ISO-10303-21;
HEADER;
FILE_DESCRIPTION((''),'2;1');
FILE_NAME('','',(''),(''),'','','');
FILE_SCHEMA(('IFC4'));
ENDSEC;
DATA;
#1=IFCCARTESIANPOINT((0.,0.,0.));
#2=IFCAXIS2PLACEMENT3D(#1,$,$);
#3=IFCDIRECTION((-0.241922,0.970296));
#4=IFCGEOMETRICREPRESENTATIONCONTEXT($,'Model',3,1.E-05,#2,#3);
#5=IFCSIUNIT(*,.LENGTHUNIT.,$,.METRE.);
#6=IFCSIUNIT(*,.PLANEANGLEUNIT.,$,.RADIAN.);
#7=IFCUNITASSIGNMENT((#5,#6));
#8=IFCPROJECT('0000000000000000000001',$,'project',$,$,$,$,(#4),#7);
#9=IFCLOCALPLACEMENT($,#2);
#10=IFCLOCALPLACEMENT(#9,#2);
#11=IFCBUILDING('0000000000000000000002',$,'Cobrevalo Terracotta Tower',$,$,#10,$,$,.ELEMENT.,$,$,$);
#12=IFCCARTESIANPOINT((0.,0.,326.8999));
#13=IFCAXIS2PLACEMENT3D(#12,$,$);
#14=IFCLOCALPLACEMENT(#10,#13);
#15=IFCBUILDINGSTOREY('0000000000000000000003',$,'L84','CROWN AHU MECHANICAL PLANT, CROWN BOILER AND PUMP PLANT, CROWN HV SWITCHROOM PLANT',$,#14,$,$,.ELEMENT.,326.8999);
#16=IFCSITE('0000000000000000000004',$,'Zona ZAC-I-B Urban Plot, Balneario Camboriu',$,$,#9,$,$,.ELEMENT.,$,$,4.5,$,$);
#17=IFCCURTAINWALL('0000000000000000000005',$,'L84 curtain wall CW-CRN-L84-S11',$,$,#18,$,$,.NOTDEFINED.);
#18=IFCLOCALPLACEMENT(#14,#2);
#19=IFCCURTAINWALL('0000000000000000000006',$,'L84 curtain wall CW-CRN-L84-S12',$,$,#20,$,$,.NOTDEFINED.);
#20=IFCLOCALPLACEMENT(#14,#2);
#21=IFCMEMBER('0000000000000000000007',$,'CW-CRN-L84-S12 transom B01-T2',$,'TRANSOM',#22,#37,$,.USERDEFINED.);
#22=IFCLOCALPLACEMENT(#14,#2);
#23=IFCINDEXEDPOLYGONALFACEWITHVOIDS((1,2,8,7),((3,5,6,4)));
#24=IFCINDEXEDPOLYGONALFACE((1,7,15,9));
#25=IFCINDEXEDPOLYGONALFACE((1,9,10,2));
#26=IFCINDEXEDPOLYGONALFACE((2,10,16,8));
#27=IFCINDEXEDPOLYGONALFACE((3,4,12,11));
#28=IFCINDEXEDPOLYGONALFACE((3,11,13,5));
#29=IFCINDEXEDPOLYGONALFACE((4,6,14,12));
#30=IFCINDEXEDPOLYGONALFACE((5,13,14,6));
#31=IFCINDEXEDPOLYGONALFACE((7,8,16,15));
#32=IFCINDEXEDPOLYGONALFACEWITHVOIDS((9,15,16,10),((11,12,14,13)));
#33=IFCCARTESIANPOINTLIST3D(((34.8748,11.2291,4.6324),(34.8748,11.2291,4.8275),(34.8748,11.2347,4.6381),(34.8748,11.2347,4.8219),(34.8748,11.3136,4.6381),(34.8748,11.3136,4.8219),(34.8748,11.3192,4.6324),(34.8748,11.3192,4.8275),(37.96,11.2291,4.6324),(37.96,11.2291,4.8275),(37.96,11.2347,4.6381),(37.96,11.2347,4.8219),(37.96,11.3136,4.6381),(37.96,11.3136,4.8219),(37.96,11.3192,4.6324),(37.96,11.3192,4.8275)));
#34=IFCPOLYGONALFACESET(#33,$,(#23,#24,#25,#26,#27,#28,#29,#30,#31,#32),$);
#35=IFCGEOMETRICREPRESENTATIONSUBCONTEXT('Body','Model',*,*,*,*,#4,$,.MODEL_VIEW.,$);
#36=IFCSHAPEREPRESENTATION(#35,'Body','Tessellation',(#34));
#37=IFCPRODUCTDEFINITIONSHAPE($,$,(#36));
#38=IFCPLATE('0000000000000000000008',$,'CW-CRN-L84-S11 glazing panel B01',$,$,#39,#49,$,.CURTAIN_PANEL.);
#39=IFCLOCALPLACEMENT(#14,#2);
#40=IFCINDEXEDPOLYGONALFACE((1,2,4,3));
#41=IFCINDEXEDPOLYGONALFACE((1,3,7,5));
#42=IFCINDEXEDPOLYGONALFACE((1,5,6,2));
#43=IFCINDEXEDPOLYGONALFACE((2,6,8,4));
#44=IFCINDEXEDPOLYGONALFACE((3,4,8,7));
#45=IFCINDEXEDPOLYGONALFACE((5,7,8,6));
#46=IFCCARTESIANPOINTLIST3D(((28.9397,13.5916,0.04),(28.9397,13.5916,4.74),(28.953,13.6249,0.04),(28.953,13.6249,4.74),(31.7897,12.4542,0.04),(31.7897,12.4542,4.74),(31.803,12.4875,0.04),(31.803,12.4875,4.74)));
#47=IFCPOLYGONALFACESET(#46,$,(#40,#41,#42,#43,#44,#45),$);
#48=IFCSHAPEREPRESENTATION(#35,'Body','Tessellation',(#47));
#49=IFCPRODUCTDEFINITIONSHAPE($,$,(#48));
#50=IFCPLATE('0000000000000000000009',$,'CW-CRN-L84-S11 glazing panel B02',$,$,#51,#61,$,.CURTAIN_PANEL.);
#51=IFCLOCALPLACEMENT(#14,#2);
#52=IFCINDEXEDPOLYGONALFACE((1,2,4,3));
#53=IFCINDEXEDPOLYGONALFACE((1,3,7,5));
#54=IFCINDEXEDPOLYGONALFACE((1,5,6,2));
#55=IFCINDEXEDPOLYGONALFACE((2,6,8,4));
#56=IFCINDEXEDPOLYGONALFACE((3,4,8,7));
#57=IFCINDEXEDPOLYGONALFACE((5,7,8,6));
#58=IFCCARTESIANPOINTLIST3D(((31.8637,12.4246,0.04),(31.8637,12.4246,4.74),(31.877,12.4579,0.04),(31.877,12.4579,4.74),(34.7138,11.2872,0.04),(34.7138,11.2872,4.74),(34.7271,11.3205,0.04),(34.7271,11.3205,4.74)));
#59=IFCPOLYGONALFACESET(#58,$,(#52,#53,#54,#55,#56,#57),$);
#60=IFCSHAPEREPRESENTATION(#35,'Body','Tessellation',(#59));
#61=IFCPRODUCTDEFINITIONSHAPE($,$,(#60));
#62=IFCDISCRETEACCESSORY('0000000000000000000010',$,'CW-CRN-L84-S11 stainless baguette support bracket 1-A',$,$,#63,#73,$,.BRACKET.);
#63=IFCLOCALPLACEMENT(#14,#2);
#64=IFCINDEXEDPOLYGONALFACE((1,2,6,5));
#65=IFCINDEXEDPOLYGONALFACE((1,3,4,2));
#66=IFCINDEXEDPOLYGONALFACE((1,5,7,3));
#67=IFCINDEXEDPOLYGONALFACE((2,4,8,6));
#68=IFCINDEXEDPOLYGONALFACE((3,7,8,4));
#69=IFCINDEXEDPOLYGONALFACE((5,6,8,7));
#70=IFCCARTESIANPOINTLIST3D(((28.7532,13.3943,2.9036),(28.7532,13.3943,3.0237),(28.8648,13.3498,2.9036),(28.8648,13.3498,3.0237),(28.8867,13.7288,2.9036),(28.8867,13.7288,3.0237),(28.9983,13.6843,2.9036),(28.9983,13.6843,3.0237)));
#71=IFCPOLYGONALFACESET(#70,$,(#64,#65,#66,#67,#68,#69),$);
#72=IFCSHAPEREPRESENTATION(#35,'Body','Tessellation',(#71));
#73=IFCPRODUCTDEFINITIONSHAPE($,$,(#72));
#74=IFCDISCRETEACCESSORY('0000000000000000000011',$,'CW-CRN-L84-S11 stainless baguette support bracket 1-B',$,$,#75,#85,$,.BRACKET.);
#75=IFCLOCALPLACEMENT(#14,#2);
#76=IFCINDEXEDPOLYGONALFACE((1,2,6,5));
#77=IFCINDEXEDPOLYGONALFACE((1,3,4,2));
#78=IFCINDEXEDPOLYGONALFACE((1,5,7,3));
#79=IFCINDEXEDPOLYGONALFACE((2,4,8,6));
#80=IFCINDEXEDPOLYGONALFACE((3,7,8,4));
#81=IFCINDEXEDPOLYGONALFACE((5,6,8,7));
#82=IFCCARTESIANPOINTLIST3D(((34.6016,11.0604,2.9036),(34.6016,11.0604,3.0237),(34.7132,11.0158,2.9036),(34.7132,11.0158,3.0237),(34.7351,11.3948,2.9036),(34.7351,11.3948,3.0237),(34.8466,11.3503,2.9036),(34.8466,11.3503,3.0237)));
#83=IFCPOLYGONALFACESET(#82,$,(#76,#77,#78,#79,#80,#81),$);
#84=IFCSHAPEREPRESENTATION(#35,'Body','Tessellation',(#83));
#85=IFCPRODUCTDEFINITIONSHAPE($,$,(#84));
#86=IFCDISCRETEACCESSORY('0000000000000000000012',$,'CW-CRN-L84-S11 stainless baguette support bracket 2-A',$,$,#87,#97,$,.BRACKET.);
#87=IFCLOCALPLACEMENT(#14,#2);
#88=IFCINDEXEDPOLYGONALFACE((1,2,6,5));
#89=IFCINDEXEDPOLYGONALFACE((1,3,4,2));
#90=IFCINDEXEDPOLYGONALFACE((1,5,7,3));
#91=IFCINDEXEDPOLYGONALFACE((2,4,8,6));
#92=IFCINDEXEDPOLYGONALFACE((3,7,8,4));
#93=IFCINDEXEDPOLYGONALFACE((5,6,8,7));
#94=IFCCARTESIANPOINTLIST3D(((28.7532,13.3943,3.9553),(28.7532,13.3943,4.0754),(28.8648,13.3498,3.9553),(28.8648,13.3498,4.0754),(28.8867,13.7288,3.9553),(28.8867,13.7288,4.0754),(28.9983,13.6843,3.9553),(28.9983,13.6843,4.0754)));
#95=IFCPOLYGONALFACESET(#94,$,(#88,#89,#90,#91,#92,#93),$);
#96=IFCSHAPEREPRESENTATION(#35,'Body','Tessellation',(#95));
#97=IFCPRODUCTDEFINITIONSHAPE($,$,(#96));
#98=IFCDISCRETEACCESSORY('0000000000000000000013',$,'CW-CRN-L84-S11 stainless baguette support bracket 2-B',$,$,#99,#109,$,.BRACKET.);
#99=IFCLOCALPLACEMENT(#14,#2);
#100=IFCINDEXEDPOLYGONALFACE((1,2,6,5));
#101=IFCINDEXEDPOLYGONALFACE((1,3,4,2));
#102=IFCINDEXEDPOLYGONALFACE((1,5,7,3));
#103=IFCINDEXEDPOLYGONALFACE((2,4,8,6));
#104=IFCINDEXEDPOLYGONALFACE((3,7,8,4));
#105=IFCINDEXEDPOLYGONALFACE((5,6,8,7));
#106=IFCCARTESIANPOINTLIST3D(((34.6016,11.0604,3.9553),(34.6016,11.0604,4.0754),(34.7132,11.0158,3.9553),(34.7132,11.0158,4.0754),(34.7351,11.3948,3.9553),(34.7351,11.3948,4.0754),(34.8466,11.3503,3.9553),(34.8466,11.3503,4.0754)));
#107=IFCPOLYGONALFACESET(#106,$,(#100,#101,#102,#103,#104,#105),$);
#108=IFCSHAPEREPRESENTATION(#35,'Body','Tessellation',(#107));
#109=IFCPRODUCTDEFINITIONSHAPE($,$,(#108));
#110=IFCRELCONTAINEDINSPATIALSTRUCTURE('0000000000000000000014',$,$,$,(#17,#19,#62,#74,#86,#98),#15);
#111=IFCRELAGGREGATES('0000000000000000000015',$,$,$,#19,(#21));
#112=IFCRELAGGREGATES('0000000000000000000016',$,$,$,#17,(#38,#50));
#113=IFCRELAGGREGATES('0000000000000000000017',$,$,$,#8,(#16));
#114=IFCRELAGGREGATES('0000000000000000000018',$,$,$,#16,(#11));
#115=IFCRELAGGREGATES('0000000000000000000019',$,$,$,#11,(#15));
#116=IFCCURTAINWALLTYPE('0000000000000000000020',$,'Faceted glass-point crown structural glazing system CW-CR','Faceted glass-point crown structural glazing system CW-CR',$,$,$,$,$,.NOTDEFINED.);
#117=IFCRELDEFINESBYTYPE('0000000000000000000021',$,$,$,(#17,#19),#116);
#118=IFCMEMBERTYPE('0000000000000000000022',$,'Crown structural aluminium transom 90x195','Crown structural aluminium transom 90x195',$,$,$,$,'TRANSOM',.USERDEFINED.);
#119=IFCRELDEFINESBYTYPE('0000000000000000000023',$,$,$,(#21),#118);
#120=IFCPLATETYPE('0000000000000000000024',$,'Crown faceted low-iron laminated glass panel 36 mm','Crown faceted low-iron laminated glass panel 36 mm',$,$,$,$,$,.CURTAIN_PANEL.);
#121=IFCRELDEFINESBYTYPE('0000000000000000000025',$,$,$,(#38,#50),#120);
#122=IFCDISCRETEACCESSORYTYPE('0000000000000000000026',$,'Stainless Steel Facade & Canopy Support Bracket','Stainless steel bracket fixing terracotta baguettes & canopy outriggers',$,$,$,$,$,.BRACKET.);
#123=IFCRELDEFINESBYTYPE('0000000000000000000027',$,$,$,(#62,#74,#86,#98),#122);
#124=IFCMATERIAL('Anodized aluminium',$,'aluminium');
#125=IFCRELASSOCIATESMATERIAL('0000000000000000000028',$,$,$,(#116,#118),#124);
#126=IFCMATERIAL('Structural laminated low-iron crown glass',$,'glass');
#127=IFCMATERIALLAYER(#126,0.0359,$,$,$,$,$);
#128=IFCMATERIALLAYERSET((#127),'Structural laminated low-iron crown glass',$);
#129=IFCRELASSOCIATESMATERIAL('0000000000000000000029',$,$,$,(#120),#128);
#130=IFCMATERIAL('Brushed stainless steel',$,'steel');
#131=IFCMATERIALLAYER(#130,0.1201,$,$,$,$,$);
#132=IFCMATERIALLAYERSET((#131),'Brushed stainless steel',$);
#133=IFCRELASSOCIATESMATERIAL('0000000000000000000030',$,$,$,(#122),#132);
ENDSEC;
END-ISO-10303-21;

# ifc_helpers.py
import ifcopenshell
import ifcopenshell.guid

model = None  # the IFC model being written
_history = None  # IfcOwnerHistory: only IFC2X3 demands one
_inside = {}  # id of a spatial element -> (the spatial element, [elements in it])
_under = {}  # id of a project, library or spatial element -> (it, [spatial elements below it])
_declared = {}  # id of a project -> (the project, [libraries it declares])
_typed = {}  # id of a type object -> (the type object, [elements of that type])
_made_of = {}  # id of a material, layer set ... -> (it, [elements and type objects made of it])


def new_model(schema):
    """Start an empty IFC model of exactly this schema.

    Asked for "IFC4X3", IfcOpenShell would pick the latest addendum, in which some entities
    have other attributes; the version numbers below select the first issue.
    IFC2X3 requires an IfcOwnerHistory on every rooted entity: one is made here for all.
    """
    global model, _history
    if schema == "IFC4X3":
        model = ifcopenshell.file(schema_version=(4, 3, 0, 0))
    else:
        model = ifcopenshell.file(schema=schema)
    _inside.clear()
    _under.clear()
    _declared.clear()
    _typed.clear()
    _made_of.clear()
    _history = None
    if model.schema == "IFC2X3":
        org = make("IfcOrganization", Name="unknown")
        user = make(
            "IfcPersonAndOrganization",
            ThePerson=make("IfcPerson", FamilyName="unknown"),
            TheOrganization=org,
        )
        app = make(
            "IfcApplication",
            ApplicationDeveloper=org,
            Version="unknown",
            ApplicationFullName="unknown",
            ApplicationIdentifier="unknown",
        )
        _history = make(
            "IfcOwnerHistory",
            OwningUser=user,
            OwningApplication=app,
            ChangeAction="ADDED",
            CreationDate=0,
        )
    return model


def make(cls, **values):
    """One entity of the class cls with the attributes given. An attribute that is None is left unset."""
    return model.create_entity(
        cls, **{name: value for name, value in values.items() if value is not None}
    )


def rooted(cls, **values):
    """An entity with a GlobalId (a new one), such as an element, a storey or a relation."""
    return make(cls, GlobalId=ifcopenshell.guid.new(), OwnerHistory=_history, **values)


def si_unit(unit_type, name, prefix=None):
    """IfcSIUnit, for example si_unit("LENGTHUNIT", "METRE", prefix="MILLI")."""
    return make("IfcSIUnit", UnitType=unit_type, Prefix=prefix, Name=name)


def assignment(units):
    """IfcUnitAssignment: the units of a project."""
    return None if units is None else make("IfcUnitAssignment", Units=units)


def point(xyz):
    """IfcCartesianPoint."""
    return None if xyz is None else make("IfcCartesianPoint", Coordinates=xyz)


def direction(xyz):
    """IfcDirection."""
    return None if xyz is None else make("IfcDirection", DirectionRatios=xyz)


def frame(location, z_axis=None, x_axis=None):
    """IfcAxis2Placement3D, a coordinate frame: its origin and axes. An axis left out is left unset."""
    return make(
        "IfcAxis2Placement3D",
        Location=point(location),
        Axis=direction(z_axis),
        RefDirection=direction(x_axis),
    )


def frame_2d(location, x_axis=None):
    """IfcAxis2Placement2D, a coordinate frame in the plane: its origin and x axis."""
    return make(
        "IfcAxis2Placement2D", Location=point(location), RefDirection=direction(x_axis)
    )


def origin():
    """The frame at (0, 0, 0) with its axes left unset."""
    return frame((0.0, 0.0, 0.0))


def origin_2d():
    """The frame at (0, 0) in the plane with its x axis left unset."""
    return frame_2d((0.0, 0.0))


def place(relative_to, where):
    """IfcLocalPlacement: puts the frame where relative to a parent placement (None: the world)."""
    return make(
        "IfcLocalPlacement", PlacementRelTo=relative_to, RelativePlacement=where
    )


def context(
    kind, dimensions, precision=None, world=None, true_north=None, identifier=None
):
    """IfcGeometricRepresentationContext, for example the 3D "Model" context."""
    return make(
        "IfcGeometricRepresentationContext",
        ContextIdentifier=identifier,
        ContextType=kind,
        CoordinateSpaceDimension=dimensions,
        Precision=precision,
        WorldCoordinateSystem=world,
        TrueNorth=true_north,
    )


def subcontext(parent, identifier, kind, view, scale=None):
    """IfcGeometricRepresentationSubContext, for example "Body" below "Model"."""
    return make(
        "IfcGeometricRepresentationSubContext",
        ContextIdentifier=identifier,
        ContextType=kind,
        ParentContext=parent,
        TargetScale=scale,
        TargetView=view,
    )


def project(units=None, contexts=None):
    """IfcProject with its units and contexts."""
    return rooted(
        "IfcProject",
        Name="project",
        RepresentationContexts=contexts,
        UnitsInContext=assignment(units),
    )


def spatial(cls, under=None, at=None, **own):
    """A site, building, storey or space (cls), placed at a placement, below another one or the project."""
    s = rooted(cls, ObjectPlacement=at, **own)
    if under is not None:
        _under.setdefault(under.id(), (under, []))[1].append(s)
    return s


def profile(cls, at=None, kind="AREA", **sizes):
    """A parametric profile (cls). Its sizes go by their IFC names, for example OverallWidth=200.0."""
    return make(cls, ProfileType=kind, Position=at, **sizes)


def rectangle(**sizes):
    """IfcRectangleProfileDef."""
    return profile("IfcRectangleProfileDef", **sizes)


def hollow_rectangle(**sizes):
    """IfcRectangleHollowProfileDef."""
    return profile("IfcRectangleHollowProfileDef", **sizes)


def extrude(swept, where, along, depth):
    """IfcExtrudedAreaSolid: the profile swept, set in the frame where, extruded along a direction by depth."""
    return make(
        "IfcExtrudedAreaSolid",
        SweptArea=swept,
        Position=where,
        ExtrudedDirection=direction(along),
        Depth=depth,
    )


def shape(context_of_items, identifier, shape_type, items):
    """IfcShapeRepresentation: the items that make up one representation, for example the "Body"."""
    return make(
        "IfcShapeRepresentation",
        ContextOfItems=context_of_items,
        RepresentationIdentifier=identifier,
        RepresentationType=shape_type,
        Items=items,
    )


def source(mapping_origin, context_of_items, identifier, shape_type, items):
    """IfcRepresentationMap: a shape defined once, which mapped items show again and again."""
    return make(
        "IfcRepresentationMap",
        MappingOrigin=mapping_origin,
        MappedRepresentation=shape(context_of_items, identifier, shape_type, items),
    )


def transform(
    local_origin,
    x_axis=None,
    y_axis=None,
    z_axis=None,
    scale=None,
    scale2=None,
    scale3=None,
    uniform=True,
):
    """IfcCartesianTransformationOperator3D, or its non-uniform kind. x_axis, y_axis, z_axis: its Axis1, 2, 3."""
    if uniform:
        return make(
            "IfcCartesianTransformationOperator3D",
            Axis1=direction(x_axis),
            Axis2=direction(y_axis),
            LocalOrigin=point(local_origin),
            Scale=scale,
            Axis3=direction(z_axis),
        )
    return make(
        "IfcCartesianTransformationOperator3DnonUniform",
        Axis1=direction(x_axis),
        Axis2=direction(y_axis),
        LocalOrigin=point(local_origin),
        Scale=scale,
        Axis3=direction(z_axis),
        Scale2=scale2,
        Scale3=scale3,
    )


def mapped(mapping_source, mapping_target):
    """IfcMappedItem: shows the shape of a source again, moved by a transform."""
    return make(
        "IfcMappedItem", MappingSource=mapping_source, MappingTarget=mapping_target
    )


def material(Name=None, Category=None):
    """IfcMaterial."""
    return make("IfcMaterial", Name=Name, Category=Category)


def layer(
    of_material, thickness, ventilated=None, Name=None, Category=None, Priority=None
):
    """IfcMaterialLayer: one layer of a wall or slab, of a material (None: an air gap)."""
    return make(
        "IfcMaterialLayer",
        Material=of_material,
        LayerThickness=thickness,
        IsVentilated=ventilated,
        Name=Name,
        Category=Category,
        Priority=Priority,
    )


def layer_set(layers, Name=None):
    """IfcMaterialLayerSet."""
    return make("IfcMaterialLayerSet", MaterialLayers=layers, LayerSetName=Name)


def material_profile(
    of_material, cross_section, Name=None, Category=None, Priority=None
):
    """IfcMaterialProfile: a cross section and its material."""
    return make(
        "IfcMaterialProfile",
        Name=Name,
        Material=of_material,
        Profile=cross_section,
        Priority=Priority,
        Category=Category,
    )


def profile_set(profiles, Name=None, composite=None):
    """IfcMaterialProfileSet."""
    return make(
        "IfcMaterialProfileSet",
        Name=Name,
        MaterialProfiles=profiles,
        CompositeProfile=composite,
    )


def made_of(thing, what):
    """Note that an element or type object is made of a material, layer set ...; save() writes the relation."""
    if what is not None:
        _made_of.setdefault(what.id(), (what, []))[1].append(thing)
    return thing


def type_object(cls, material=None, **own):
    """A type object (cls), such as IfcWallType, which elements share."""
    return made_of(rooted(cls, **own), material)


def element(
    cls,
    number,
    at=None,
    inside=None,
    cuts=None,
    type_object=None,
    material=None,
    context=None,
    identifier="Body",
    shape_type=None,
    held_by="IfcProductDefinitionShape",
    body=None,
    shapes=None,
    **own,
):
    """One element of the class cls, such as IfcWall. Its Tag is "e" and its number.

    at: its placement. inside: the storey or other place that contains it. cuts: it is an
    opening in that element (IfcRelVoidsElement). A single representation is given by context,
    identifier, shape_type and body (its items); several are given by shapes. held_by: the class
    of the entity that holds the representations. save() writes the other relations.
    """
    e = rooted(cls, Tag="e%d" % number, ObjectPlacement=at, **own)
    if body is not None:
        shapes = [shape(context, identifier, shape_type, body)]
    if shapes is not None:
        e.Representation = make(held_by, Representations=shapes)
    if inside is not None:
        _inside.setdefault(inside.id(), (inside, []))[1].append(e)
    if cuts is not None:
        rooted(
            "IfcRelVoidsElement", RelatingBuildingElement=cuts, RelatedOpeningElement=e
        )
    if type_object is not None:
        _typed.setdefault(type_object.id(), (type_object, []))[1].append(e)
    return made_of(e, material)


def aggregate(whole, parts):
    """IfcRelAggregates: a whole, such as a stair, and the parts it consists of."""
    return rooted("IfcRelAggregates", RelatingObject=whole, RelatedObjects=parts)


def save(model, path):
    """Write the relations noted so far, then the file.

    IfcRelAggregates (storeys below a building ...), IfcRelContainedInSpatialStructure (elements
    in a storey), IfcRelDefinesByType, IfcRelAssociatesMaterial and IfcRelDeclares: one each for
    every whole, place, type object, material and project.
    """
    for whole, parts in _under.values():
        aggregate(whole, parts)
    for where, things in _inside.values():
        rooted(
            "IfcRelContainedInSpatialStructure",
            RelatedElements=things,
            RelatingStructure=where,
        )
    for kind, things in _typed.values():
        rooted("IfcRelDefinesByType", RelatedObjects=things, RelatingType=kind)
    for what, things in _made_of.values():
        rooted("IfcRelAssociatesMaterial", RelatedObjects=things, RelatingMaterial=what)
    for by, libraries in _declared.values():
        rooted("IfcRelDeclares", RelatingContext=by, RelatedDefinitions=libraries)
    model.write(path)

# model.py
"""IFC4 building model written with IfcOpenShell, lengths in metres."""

from ifc_helpers import new_model, si_unit, direction, frame, origin, origin_2d, place, context, subcontext, project, spatial, rectangle, hollow_rectangle, extrude, source, transform, mapped, material, layer, layer_set, material_profile, profile_set, type_object, element, aggregate, save


model = new_model("IFC4")

# Units and contexts
model_context = context("Model", 3, precision=1e-05, world=origin(), true_north=direction((-0.241922, 0.970296)))
body_context = subcontext(model_context, "Body", "Model", "MODEL_VIEW")
ifc_project = project(units=[si_unit("LENGTHUNIT", "METRE"), si_unit("PLANEANGLEUNIT", "RADIAN")], contexts=[model_context])

# Site, building, storey
site_placement = place(None, origin())
site = spatial("IfcSite", under=ifc_project, at=site_placement, Name="Zona ZAC-I-B Urban Plot, Balneario Camboriu", CompositionType="ELEMENT", RefElevation=4.5)
building_placement = place(site_placement, origin())
building = spatial("IfcBuilding", under=site, at=building_placement, Name="Cobrevalo Terracotta Tower", CompositionType="ELEMENT")
storey_placement = place(building_placement, frame((0.0, 0.0, 326.8999)))
storey = spatial("IfcBuildingStorey", under=building, at=storey_placement, Name="L84", Description="CROWN AHU MECHANICAL PLANT, CROWN BOILER AND PUMP PLANT, CROWN HV SWITCHROOM PLANT", CompositionType="ELEMENT", Elevation=326.8999)

# Curtain wall
ifc_material_1 = material(Name="Anodized aluminium", Category="aluminium")
curtain_wall_type = type_object("IfcCurtainWallType", Name="Faceted glass-point crown structural glazing system CW-CR", Description="Faceted glass-point crown structural glazing system CW-CR", PredefinedType="NOTDEFINED", material=ifc_material_1)
curtain_wall_1_placement = place(storey_placement, origin())
curtain_wall_1 = element("IfcCurtainWall", 1, at=curtain_wall_1_placement, inside=storey, type_object=curtain_wall_type, Name="L84 curtain wall CW-CRN-L84-S11", PredefinedType="NOTDEFINED")

# Curtain wall
curtain_wall_2_placement = place(storey_placement, origin())
curtain_wall_2 = element("IfcCurtainWall", 2, at=curtain_wall_2_placement, inside=storey, type_object=curtain_wall_type, Name="L84 curtain wall CW-CRN-L84-S12", PredefinedType="NOTDEFINED")

# Member
ifc_material_profile_1 = material_profile(ifc_material_1, hollow_rectangle(XDim=0.0901, YDim=0.1951, WallThickness=0.0056, at=origin_2d()), Name="CWT 90x195")
ifc_profile_set_1 = profile_set([ifc_material_profile_1], Name="Anodized aluminium")
member_type_1 = type_object("IfcMemberType", Name="Crown structural aluminium transom 90x195", Description="Crown structural aluminium transom 90x195", ElementType="TRANSOM", PredefinedType="USERDEFINED", material=ifc_profile_set_1)
shared_shape_1 = source(origin(), body_context, "Body", "SweptSolid", [
    extrude(hollow_rectangle(XDim=0.0901, YDim=0.1951, WallThickness=0.0056, at=origin_2d()), origin(), (0.0, 0.0, 1.0), 3.0852),
])
member_1_placement = place(storey_placement, frame((34.8748, 11.2742, 4.73), z_axis=(1.0, 0.0, 0.0), x_axis=(0.0, 1.0, 0.0)))
member_1 = element("IfcMember", 3, at=member_1_placement, type_object=member_type_1, Name="CW-CRN-L84-S12 transom B01-T2", ObjectType="TRANSOM", PredefinedType="USERDEFINED", context=body_context, shape_type="MappedRepresentation", body=[
    mapped(shared_shape_1, transform((0.0, 0.0, 0.0), scale=1.0)),
])
aggregate(curtain_wall_2, [member_1])

# Plates
ifc_material_2 = material(Name="Structural laminated low-iron crown glass", Category="glass")
ifc_layer_1 = layer(ifc_material_2, 0.0359)
ifc_layer_set_1 = layer_set([ifc_layer_1], Name="Structural laminated low-iron crown glass")
plate_type = type_object("IfcPlateType", Name="Crown faceted low-iron laminated glass panel 36 mm", Description="Crown faceted low-iron laminated glass panel 36 mm", PredefinedType="CURTAIN_PANEL", material=ifc_layer_set_1)
shared_shape_2 = source(origin(), body_context, "Body", "SweptSolid", [
    extrude(rectangle(XDim=3.0686, YDim=0.0359, at=origin_2d()), origin(), (0.0, 0.0, 1.0), 4.7),
])
plate_1_placement = place(storey_placement, frame((30.3713, 13.0396, 0.04), z_axis=(0.0, 0.0, 1.0), x_axis=(0.928769, -0.37066, 0.0)))
plate_1 = element("IfcPlate", 4, at=plate_1_placement, type_object=plate_type, Name="CW-CRN-L84-S11 glazing panel B01", PredefinedType="CURTAIN_PANEL", context=body_context, shape_type="MappedRepresentation", body=[
    mapped(shared_shape_2, transform((0.0, 0.0, 0.0), scale=1.0)),
])
plate_2_placement = place(storey_placement, frame((33.2954, 11.8726, 0.04), z_axis=(0.0, 0.0, 1.0), x_axis=(0.928769, -0.37066, 0.0)))
plate_2 = element("IfcPlate", 5, at=plate_2_placement, type_object=plate_type, Name="CW-CRN-L84-S11 glazing panel B02", PredefinedType="CURTAIN_PANEL", context=body_context, shape_type="MappedRepresentation", body=[
    mapped(shared_shape_2, transform((0.0, 0.0, 0.0), scale=1.0)),
])
aggregate(curtain_wall_1, [plate_1, plate_2])

# Discrete accessories
ifc_material_3 = material(Name="Brushed stainless steel", Category="steel")
ifc_layer_2 = layer(ifc_material_3, 0.1201)
ifc_layer_set_2 = layer_set([ifc_layer_2], Name="Brushed stainless steel")
discrete_accessory_type = type_object("IfcDiscreteAccessoryType", Name="Stainless Steel Facade & Canopy Support Bracket", Description="Stainless steel bracket fixing terracotta baguettes & canopy outriggers", PredefinedType="BRACKET", material=ifc_layer_set_2)
shared_shape_3 = source(origin(), body_context, "Body", "SweptSolid", [
    extrude(rectangle(XDim=0.1201, YDim=0.3601, at=origin_2d()), origin(), (0.0, 0.0, 1.0), 0.1201),
])
for number, where, z_axis, x_axis, name in (
    (6, (28.8757, 13.5393, 2.9036), (0.0, 0.0, 1.0), (0.928769, -0.37066, 0.0), "CW-CRN-L84-S11 stainless baguette support bracket 1-A"),
    (7, (34.7241, 11.2053, 2.9036), (0.0, 0.0, 1.0), (0.928769, -0.37066, 0.0), "CW-CRN-L84-S11 stainless baguette support bracket 1-B"),
    (8, (28.8757, 13.5393, 3.9553), (0.0, 0.0, 1.0), (0.928769, -0.37066, 0.0), "CW-CRN-L84-S11 stainless baguette support bracket 2-A"),
    (9, (34.7241, 11.2053, 3.9553), (0.0, 0.0, 1.0), (0.928769, -0.37066, 0.0), "CW-CRN-L84-S11 stainless baguette support bracket 2-B"),
):
    element("IfcDiscreteAccessory", number, at=place(storey_placement, frame(where, z_axis=z_axis, x_axis=x_axis)), inside=storey, type_object=discrete_accessory_type, Name=name, PredefinedType="BRACKET", context=body_context, shape_type="MappedRepresentation", body=[
        mapped(shared_shape_3, transform((0.0, 0.0, 0.0), scale=1.0)),
    ])

save(model, "model.ifc")
